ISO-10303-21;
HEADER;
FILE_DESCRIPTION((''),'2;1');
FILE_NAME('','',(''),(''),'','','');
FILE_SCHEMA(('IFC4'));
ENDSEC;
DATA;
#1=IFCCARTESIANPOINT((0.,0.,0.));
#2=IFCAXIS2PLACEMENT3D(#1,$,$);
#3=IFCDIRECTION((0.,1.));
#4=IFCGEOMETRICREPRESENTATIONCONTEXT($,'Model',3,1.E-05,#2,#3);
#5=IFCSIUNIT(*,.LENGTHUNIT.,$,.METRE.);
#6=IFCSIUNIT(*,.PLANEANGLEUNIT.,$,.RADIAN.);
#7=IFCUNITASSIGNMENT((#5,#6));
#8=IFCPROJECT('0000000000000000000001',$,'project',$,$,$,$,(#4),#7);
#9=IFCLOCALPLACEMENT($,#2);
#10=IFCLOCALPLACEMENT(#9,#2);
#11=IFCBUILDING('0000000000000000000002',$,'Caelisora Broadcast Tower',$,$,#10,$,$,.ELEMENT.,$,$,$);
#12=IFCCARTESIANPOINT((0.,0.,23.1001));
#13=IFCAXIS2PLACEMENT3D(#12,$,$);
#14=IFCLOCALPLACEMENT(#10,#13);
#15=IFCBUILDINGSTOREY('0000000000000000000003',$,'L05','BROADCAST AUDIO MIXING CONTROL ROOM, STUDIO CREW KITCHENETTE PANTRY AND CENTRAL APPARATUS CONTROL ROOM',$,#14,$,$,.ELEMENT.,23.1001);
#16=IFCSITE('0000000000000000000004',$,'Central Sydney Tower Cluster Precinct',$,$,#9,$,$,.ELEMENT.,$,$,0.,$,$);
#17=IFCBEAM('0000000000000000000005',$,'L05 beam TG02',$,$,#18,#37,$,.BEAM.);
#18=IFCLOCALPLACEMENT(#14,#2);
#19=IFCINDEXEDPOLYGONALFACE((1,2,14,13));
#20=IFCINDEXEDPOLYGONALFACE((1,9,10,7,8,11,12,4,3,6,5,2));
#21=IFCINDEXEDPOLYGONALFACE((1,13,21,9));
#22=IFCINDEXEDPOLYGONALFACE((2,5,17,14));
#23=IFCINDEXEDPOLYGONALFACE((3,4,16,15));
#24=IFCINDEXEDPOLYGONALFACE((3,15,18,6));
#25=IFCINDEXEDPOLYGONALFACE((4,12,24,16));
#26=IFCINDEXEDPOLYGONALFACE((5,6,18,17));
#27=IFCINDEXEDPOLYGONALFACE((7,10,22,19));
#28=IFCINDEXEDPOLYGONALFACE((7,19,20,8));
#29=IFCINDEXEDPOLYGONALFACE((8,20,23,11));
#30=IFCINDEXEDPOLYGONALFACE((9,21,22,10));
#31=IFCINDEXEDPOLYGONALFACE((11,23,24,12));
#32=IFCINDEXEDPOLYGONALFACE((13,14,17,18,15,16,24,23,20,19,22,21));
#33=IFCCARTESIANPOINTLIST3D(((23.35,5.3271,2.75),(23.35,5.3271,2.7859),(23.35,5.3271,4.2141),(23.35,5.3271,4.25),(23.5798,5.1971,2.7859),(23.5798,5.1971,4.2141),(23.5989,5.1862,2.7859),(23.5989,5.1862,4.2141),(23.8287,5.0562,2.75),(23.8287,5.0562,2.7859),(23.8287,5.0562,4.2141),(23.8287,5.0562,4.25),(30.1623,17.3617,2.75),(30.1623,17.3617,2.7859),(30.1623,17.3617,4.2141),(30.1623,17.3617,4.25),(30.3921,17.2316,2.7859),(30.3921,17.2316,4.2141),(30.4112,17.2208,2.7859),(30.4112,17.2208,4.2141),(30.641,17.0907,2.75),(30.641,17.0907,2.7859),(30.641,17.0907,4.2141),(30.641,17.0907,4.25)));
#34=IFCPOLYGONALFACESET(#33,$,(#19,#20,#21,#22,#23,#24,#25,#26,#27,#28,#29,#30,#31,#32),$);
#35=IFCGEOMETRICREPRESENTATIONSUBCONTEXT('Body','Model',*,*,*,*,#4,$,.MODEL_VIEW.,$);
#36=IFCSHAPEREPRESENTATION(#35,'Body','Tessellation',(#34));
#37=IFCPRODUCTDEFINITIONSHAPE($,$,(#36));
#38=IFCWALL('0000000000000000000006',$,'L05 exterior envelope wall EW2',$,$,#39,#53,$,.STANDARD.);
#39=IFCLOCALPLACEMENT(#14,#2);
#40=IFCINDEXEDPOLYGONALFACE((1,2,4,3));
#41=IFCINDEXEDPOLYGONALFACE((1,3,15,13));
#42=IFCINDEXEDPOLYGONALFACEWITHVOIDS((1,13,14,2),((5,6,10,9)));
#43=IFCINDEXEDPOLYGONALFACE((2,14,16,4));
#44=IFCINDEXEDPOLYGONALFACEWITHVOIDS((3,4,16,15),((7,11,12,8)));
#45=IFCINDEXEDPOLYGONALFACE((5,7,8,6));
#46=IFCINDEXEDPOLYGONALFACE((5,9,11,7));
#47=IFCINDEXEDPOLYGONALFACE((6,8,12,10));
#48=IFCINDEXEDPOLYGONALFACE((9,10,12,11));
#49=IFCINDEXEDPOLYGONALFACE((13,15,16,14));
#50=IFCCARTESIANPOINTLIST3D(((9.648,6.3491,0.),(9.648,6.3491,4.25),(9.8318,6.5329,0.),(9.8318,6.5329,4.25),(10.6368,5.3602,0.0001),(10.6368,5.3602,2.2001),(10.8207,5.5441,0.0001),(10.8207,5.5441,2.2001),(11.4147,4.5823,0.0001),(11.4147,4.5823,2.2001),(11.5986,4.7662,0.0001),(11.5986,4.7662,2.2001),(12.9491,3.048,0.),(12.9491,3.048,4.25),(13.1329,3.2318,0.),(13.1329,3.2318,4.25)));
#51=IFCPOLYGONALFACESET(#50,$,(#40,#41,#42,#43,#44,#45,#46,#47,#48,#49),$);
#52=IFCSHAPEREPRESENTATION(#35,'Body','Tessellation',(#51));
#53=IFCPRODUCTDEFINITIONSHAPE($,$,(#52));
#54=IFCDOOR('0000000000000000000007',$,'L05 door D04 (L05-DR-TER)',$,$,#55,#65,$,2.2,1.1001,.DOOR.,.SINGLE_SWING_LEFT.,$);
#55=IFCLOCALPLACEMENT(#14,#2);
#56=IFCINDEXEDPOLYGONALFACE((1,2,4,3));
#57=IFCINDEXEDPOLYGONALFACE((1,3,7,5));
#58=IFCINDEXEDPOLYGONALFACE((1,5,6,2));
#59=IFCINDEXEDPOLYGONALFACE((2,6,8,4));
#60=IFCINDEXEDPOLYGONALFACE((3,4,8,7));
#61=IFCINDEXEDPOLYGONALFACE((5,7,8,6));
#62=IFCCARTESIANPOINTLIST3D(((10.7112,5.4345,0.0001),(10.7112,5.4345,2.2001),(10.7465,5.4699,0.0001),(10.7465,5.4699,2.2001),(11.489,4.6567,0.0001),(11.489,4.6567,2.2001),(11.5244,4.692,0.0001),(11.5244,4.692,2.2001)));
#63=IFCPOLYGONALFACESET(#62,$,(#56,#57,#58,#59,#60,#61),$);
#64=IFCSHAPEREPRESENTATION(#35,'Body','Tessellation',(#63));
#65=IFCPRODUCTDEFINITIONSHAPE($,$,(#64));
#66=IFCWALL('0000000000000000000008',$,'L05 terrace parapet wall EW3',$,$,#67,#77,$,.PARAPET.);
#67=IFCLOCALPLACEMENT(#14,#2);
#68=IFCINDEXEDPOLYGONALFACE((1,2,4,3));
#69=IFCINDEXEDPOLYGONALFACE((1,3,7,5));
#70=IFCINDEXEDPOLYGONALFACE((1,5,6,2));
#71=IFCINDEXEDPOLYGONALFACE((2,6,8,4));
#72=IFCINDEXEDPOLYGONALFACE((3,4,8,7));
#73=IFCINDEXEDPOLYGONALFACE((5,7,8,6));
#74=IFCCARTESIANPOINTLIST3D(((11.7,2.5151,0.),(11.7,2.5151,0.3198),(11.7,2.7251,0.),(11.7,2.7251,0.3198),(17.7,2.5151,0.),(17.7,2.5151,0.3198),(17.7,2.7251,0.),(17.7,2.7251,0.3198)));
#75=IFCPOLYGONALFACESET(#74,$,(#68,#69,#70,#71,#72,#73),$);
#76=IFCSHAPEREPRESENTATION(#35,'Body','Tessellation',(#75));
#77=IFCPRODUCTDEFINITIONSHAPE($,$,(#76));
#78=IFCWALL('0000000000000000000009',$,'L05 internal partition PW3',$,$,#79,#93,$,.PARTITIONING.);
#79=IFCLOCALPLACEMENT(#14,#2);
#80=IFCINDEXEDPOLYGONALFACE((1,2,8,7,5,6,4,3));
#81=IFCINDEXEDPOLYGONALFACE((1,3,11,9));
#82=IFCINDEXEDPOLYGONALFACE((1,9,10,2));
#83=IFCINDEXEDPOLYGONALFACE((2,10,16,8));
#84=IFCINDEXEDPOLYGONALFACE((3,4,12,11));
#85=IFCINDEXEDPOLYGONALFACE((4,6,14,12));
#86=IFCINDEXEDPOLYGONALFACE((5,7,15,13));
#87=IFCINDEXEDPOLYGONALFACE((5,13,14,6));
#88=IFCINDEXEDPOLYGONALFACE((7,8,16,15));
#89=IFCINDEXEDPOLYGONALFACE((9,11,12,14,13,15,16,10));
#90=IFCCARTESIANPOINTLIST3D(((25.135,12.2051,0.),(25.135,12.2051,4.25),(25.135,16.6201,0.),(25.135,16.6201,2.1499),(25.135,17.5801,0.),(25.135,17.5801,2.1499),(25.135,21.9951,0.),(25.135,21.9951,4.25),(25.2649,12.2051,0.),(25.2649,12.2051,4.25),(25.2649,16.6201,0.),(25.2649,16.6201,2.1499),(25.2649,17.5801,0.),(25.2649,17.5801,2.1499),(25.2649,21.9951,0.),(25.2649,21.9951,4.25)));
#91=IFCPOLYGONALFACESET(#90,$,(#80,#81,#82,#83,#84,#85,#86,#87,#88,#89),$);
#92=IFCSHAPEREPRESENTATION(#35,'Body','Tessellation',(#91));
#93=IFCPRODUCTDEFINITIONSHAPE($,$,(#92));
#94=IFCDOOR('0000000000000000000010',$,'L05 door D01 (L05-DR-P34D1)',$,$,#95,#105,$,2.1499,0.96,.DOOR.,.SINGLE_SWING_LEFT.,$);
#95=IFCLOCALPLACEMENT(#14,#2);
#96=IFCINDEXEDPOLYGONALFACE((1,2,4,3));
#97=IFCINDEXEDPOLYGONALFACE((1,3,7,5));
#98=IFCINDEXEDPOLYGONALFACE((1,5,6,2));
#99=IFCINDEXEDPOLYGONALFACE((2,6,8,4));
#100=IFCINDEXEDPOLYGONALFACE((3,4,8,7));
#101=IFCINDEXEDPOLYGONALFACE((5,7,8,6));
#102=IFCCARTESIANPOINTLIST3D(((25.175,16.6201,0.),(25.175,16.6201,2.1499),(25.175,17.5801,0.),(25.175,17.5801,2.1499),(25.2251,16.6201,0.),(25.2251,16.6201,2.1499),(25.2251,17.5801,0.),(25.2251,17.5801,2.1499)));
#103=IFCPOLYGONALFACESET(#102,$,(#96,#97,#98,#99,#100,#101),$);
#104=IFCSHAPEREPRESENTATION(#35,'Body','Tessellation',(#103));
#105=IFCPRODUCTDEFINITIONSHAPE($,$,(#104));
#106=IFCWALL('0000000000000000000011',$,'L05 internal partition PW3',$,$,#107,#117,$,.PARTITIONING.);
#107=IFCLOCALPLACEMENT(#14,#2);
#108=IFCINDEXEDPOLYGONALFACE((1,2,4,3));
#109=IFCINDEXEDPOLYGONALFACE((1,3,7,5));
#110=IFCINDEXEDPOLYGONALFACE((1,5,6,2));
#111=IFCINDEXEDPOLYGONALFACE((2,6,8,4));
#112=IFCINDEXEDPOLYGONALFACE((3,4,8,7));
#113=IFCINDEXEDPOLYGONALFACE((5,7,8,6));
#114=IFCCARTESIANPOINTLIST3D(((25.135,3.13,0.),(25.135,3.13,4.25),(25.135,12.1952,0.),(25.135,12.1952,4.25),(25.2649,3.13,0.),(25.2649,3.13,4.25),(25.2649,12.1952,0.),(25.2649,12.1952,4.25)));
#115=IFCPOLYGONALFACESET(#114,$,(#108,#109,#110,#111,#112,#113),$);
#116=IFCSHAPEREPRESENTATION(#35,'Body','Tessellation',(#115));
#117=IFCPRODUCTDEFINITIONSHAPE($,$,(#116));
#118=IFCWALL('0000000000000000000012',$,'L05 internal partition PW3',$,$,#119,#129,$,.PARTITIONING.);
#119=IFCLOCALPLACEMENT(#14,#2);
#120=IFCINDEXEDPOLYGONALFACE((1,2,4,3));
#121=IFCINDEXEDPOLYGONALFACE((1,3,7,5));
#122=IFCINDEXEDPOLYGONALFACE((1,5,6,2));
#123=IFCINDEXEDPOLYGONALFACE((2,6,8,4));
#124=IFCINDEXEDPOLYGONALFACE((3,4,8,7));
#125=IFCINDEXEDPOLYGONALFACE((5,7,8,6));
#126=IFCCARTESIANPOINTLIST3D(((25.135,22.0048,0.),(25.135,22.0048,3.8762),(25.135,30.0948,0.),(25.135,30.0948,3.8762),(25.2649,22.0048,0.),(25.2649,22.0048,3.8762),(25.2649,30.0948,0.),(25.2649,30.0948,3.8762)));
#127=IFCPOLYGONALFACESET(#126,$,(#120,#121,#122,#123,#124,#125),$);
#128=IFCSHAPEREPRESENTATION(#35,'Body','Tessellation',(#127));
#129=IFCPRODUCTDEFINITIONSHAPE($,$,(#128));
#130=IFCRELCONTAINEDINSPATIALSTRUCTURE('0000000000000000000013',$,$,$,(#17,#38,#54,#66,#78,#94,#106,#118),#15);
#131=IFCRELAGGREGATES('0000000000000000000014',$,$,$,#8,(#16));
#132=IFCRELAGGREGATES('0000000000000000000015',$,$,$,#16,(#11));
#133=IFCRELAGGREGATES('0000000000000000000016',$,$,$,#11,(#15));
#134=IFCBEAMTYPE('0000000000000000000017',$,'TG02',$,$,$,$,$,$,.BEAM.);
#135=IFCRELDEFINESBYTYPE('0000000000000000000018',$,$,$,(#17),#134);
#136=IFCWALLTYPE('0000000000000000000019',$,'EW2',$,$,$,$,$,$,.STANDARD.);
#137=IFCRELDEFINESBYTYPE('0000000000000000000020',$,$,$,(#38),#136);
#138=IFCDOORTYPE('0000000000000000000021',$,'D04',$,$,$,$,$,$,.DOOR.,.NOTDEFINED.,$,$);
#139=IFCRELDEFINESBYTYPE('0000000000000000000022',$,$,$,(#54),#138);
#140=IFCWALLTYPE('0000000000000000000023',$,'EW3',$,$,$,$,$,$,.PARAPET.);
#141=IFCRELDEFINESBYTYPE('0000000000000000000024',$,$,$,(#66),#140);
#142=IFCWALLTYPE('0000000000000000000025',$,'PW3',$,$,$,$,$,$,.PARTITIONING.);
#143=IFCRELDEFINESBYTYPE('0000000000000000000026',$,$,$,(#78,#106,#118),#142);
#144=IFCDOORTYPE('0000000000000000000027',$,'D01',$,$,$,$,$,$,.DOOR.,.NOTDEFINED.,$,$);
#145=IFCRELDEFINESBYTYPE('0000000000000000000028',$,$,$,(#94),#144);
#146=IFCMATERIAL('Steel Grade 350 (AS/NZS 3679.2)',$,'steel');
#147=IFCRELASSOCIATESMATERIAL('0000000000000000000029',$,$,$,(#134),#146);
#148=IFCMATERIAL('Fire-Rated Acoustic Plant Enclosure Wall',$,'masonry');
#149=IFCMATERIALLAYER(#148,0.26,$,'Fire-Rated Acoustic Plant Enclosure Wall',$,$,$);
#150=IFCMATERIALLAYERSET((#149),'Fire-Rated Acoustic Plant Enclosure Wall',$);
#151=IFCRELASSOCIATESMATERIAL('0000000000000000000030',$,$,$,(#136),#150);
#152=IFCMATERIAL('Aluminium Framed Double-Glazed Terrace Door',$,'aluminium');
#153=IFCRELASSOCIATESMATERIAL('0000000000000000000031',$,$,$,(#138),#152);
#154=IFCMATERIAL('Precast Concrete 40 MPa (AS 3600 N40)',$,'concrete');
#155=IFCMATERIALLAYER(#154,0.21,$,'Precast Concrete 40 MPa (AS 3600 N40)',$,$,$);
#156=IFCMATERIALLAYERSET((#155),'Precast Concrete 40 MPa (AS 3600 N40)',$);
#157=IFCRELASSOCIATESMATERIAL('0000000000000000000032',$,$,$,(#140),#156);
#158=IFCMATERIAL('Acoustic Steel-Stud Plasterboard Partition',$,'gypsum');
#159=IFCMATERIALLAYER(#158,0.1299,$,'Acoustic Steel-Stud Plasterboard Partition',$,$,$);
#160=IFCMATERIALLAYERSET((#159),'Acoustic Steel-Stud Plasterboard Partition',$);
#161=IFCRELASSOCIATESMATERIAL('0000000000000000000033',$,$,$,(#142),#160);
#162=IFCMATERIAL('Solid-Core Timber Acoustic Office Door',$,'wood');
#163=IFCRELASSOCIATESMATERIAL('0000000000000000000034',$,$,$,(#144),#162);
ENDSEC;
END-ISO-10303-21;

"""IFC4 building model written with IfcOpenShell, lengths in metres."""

from ifc_helpers import new_model, si_unit, direction, frame, frame_2d, origin, origin_2d, place, context, subcontext, project, spatial, rectangle, i_section, extrude, source, transform, mapped, material, layer, layer_set, material_profile, profile_set, type_object, type_shapes, element, fill, save


model = new_model("IFC4")

# Units and contexts
model_context = context("Model", 3, precision=1e-05, world=origin(), true_north=direction((0.0, 1.0)))
body_context = subcontext(model_context, "Body", "Model", "MODEL_VIEW")
ifc_project = project(units=[si_unit("LENGTHUNIT", "METRE"), si_unit("PLANEANGLEUNIT", "RADIAN")], contexts=[model_context])

# Site, building, storey
site_placement = place(None, origin())
site = spatial("IfcSite", under=ifc_project, at=site_placement, Name="Central Sydney Tower Cluster Precinct", CompositionType="ELEMENT", RefElevation=0.0)
building_placement = place(site_placement, origin())
building = spatial("IfcBuilding", under=site, at=building_placement, Name="Caelisora Broadcast Tower", CompositionType="ELEMENT")
storey_placement = place(building_placement, frame((0.0, 0.0, 23.1001)))
storey = spatial("IfcBuildingStorey", under=building, at=storey_placement, Name="L05", Description="BROADCAST AUDIO MIXING CONTROL ROOM, STUDIO CREW KITCHENETTE PANTRY AND CENTRAL APPARATUS CONTROL ROOM", CompositionType="ELEMENT", Elevation=23.1001)

# Beam
ifc_material_1 = material(Name="Steel Grade 350 (AS/NZS 3679.2)", Category="steel")
ifc_material_profile_1 = material_profile(ifc_material_1, i_section(OverallWidth=0.55, OverallDepth=1.5, WebThickness=0.022, FlangeThickness=0.0359, at=origin_2d()), Name="Steel Grade 350 (AS/NZS 3679.2)")
ifc_profile_set_1 = profile_set([ifc_material_profile_1], Name="Steel Grade 350 (AS/NZS 3679.2)")
beam_type_1 = type_object("IfcBeamType", Name="TG02", PredefinedType="BEAM", material=ifc_profile_set_1)
shared_shape_1 = source(origin(), body_context, "Body", "SweptSolid", [
    extrude(i_section(OverallWidth=0.55, OverallDepth=1.5, WebThickness=0.022, FlangeThickness=0.0359, at=origin_2d()), origin(), (0.0, 0.0, 1.0), 13.8289),
])
type_shapes(beam_type_1, [shared_shape_1])
beam_1_placement = place(storey_placement, frame((23.5894, 5.1917, 3.5), z_axis=(0.492616, 0.870247, 0.0), x_axis=(-0.870247, 0.492616, 0.0)))
element("IfcBeam", 1, at=beam_1_placement, inside=storey, type_object=beam_type_1, Name="L05 beam TG02", PredefinedType="BEAM", context=body_context, shape_type="MappedRepresentation", body=[
    mapped(shared_shape_1, transform((0.0, 0.0, 0.0), scale=1.0)),
])

# Wall, opening, door
ifc_material_2 = material(Name="Fire-Rated Acoustic Plant Enclosure Wall", Category="masonry")
ifc_layer_1 = layer(ifc_material_2, 0.26, Name="Fire-Rated Acoustic Plant Enclosure Wall")
ifc_layer_set_1 = layer_set([ifc_layer_1], Name="Fire-Rated Acoustic Plant Enclosure Wall")
wall_type_1 = type_object("IfcWallType", Name="EW2", PredefinedType="STANDARD", material=ifc_layer_set_1)
wall_1_placement = place(storey_placement, frame((13.041, 3.1399, 0.0), z_axis=(0.0, 0.0, 1.0), x_axis=(-0.707107, 0.707107, 0.0)))
wall_1 = element("IfcWall", 2, at=wall_1_placement, inside=storey, type_object=wall_type_1, Name="L05 exterior envelope wall EW2", PredefinedType="STANDARD", context=body_context, shape_type="SweptSolid", body=[
    extrude(rectangle(XDim=4.6685, YDim=0.26, at=frame_2d((2.3342, 0.0))), origin(), (0.0, 0.0, 1.0), 4.25),
])
opening_1_placement = place(wall_1_placement, frame((2.1699, 0.0, 0.0)))
opening_1 = element("IfcOpeningElement", 3, at=opening_1_placement, cuts=wall_1, PredefinedType="OPENING", context=body_context, shape_type="SweptSolid", body=[
    extrude(rectangle(XDim=1.1001, YDim=2.2, at=frame_2d((0.55, 1.1001))), frame((0.0, 0.1421, 0.0), z_axis=(0.0, -1.0, 0.0), x_axis=(1.0, 0.0, 0.0)), (0.0, 0.0, 1.0), 0.2839),
])
ifc_material_3 = material(Name="Aluminium Framed Double-Glazed Terrace Door", Category="aluminium")
door_type_1 = type_object("IfcDoorType", Name="D04", OperationType="NOTDEFINED", PredefinedType="DOOR", material=ifc_material_3)
door_1_placement = place(opening_1_placement, origin())
door_1 = element("IfcDoor", 4, at=door_1_placement, inside=storey, type_object=door_type_1, Name="L05 door D04 (L05-DR-TER)", OperationType="SINGLE_SWING_LEFT", OverallHeight=2.2, OverallWidth=1.1001, PredefinedType="DOOR", context=body_context, shape_type="SweptSolid", body=[
    extrude(rectangle(XDim=1.1001, YDim=2.2, at=frame_2d((0.55, 1.1001))), frame((0.0, 0.0249, 0.0), z_axis=(0.0, -1.0, 0.0), x_axis=(1.0, 0.0, 0.0)), (0.0, 0.0, 1.0), 0.05),
])
fill(opening_1, door_1)

# Wall
ifc_material_4 = material(Name="Precast Concrete 40 MPa (AS 3600 N40)", Category="concrete")
ifc_layer_2 = layer(ifc_material_4, 0.21, Name="Precast Concrete 40 MPa (AS 3600 N40)")
ifc_layer_set_2 = layer_set([ifc_layer_2], Name="Precast Concrete 40 MPa (AS 3600 N40)")
wall_type_2 = type_object("IfcWallType", Name="EW3", PredefinedType="PARAPET", material=ifc_layer_set_2)
wall_2_placement = place(storey_placement, frame((11.7, 2.6201, 0.0), z_axis=(0.0, 0.0, 1.0), x_axis=(1.0, 0.0, 0.0)))
element("IfcWall", 5, at=wall_2_placement, inside=storey, type_object=wall_type_2, Name="L05 terrace parapet wall EW3", PredefinedType="PARAPET", context=body_context, shape_type="SweptSolid", body=[
    extrude(rectangle(XDim=6.0, YDim=0.21, at=frame_2d((3.0, 0.0))), origin(), (0.0, 0.0, 1.0), 0.3198),
])

# Wall, opening, door
ifc_material_5 = material(Name="Acoustic Steel-Stud Plasterboard Partition", Category="gypsum")
ifc_layer_3 = layer(ifc_material_5, 0.1299, Name="Acoustic Steel-Stud Plasterboard Partition")
ifc_layer_set_3 = layer_set([ifc_layer_3], Name="Acoustic Steel-Stud Plasterboard Partition")
wall_type_3 = type_object("IfcWallType", Name="PW3", PredefinedType="PARTITIONING", material=ifc_layer_set_3)
wall_3_placement = place(storey_placement, frame((25.2, 12.2051, 0.0), z_axis=(0.0, 0.0, 1.0), x_axis=(0.0, 1.0, 0.0)))
wall_3 = element("IfcWall", 6, at=wall_3_placement, inside=storey, type_object=wall_type_3, Name="L05 internal partition PW3", PredefinedType="PARTITIONING", context=body_context, shape_type="SweptSolid", body=[
    extrude(rectangle(XDim=9.79, YDim=0.1299, at=frame_2d((4.895, 0.0))), origin(), (0.0, 0.0, 1.0), 4.25),
])
opening_2_placement = place(wall_3_placement, frame((4.415, 0.0, 0.0)))
opening_2 = element("IfcOpeningElement", 7, at=opening_2_placement, cuts=wall_3, PredefinedType="OPENING", context=body_context, shape_type="SweptSolid", body=[
    extrude(rectangle(XDim=0.96, YDim=2.1499, at=frame_2d((0.48, 1.075))), frame((0.0, 0.0769, 0.0), z_axis=(0.0, -1.0, 0.0), x_axis=(1.0, 0.0, 0.0)), (0.0, 0.0, 1.0), 0.1538),
])
ifc_material_6 = material(Name="Solid-Core Timber Acoustic Office Door", Category="wood")
door_type_2 = type_object("IfcDoorType", Name="D01", OperationType="NOTDEFINED", PredefinedType="DOOR", material=ifc_material_6)
door_2_placement = place(opening_2_placement, origin())
door_2 = element("IfcDoor", 8, at=door_2_placement, inside=storey, type_object=door_type_2, Name="L05 door D01 (L05-DR-P34D1)", OperationType="SINGLE_SWING_LEFT", OverallHeight=2.1499, OverallWidth=0.96, PredefinedType="DOOR", context=body_context, shape_type="SweptSolid", body=[
    extrude(rectangle(XDim=0.96, YDim=2.1499, at=frame_2d((0.48, 1.075))), frame((0.0, 0.0249, 0.0), z_axis=(0.0, -1.0, 0.0), x_axis=(1.0, 0.0, 0.0)), (0.0, 0.0, 1.0), 0.05),
])
fill(opening_2, door_2)

# Walls
wall_4_placement = place(storey_placement, frame((25.2, 3.1299, 0.0), z_axis=(0.0, 0.0, 1.0), x_axis=(0.0, 1.0, 0.0)))
element("IfcWall", 9, at=wall_4_placement, inside=storey, type_object=wall_type_3, Name="L05 internal partition PW3", PredefinedType="PARTITIONING", context=body_context, shape_type="SweptSolid", body=[
    extrude(rectangle(XDim=9.0652, YDim=0.1299, at=frame_2d((4.5327, 0.0))), origin(), (0.0, 0.0, 1.0), 4.25),
])
wall_5_placement = place(storey_placement, frame((25.2, 22.0049, 0.0), z_axis=(0.0, 0.0, 1.0), x_axis=(0.0, 1.0, 0.0)))
element("IfcWall", 10, at=wall_5_placement, inside=storey, type_object=wall_type_3, Name="L05 internal partition PW3", PredefinedType="PARTITIONING", context=body_context, shape_type="SweptSolid", body=[
    extrude(rectangle(XDim=8.0901, YDim=0.1299, at=frame_2d((4.0449, 0.0))), origin(), (0.0, 0.0, 1.0), 3.8762),
])

save(model, "model.ifc")
